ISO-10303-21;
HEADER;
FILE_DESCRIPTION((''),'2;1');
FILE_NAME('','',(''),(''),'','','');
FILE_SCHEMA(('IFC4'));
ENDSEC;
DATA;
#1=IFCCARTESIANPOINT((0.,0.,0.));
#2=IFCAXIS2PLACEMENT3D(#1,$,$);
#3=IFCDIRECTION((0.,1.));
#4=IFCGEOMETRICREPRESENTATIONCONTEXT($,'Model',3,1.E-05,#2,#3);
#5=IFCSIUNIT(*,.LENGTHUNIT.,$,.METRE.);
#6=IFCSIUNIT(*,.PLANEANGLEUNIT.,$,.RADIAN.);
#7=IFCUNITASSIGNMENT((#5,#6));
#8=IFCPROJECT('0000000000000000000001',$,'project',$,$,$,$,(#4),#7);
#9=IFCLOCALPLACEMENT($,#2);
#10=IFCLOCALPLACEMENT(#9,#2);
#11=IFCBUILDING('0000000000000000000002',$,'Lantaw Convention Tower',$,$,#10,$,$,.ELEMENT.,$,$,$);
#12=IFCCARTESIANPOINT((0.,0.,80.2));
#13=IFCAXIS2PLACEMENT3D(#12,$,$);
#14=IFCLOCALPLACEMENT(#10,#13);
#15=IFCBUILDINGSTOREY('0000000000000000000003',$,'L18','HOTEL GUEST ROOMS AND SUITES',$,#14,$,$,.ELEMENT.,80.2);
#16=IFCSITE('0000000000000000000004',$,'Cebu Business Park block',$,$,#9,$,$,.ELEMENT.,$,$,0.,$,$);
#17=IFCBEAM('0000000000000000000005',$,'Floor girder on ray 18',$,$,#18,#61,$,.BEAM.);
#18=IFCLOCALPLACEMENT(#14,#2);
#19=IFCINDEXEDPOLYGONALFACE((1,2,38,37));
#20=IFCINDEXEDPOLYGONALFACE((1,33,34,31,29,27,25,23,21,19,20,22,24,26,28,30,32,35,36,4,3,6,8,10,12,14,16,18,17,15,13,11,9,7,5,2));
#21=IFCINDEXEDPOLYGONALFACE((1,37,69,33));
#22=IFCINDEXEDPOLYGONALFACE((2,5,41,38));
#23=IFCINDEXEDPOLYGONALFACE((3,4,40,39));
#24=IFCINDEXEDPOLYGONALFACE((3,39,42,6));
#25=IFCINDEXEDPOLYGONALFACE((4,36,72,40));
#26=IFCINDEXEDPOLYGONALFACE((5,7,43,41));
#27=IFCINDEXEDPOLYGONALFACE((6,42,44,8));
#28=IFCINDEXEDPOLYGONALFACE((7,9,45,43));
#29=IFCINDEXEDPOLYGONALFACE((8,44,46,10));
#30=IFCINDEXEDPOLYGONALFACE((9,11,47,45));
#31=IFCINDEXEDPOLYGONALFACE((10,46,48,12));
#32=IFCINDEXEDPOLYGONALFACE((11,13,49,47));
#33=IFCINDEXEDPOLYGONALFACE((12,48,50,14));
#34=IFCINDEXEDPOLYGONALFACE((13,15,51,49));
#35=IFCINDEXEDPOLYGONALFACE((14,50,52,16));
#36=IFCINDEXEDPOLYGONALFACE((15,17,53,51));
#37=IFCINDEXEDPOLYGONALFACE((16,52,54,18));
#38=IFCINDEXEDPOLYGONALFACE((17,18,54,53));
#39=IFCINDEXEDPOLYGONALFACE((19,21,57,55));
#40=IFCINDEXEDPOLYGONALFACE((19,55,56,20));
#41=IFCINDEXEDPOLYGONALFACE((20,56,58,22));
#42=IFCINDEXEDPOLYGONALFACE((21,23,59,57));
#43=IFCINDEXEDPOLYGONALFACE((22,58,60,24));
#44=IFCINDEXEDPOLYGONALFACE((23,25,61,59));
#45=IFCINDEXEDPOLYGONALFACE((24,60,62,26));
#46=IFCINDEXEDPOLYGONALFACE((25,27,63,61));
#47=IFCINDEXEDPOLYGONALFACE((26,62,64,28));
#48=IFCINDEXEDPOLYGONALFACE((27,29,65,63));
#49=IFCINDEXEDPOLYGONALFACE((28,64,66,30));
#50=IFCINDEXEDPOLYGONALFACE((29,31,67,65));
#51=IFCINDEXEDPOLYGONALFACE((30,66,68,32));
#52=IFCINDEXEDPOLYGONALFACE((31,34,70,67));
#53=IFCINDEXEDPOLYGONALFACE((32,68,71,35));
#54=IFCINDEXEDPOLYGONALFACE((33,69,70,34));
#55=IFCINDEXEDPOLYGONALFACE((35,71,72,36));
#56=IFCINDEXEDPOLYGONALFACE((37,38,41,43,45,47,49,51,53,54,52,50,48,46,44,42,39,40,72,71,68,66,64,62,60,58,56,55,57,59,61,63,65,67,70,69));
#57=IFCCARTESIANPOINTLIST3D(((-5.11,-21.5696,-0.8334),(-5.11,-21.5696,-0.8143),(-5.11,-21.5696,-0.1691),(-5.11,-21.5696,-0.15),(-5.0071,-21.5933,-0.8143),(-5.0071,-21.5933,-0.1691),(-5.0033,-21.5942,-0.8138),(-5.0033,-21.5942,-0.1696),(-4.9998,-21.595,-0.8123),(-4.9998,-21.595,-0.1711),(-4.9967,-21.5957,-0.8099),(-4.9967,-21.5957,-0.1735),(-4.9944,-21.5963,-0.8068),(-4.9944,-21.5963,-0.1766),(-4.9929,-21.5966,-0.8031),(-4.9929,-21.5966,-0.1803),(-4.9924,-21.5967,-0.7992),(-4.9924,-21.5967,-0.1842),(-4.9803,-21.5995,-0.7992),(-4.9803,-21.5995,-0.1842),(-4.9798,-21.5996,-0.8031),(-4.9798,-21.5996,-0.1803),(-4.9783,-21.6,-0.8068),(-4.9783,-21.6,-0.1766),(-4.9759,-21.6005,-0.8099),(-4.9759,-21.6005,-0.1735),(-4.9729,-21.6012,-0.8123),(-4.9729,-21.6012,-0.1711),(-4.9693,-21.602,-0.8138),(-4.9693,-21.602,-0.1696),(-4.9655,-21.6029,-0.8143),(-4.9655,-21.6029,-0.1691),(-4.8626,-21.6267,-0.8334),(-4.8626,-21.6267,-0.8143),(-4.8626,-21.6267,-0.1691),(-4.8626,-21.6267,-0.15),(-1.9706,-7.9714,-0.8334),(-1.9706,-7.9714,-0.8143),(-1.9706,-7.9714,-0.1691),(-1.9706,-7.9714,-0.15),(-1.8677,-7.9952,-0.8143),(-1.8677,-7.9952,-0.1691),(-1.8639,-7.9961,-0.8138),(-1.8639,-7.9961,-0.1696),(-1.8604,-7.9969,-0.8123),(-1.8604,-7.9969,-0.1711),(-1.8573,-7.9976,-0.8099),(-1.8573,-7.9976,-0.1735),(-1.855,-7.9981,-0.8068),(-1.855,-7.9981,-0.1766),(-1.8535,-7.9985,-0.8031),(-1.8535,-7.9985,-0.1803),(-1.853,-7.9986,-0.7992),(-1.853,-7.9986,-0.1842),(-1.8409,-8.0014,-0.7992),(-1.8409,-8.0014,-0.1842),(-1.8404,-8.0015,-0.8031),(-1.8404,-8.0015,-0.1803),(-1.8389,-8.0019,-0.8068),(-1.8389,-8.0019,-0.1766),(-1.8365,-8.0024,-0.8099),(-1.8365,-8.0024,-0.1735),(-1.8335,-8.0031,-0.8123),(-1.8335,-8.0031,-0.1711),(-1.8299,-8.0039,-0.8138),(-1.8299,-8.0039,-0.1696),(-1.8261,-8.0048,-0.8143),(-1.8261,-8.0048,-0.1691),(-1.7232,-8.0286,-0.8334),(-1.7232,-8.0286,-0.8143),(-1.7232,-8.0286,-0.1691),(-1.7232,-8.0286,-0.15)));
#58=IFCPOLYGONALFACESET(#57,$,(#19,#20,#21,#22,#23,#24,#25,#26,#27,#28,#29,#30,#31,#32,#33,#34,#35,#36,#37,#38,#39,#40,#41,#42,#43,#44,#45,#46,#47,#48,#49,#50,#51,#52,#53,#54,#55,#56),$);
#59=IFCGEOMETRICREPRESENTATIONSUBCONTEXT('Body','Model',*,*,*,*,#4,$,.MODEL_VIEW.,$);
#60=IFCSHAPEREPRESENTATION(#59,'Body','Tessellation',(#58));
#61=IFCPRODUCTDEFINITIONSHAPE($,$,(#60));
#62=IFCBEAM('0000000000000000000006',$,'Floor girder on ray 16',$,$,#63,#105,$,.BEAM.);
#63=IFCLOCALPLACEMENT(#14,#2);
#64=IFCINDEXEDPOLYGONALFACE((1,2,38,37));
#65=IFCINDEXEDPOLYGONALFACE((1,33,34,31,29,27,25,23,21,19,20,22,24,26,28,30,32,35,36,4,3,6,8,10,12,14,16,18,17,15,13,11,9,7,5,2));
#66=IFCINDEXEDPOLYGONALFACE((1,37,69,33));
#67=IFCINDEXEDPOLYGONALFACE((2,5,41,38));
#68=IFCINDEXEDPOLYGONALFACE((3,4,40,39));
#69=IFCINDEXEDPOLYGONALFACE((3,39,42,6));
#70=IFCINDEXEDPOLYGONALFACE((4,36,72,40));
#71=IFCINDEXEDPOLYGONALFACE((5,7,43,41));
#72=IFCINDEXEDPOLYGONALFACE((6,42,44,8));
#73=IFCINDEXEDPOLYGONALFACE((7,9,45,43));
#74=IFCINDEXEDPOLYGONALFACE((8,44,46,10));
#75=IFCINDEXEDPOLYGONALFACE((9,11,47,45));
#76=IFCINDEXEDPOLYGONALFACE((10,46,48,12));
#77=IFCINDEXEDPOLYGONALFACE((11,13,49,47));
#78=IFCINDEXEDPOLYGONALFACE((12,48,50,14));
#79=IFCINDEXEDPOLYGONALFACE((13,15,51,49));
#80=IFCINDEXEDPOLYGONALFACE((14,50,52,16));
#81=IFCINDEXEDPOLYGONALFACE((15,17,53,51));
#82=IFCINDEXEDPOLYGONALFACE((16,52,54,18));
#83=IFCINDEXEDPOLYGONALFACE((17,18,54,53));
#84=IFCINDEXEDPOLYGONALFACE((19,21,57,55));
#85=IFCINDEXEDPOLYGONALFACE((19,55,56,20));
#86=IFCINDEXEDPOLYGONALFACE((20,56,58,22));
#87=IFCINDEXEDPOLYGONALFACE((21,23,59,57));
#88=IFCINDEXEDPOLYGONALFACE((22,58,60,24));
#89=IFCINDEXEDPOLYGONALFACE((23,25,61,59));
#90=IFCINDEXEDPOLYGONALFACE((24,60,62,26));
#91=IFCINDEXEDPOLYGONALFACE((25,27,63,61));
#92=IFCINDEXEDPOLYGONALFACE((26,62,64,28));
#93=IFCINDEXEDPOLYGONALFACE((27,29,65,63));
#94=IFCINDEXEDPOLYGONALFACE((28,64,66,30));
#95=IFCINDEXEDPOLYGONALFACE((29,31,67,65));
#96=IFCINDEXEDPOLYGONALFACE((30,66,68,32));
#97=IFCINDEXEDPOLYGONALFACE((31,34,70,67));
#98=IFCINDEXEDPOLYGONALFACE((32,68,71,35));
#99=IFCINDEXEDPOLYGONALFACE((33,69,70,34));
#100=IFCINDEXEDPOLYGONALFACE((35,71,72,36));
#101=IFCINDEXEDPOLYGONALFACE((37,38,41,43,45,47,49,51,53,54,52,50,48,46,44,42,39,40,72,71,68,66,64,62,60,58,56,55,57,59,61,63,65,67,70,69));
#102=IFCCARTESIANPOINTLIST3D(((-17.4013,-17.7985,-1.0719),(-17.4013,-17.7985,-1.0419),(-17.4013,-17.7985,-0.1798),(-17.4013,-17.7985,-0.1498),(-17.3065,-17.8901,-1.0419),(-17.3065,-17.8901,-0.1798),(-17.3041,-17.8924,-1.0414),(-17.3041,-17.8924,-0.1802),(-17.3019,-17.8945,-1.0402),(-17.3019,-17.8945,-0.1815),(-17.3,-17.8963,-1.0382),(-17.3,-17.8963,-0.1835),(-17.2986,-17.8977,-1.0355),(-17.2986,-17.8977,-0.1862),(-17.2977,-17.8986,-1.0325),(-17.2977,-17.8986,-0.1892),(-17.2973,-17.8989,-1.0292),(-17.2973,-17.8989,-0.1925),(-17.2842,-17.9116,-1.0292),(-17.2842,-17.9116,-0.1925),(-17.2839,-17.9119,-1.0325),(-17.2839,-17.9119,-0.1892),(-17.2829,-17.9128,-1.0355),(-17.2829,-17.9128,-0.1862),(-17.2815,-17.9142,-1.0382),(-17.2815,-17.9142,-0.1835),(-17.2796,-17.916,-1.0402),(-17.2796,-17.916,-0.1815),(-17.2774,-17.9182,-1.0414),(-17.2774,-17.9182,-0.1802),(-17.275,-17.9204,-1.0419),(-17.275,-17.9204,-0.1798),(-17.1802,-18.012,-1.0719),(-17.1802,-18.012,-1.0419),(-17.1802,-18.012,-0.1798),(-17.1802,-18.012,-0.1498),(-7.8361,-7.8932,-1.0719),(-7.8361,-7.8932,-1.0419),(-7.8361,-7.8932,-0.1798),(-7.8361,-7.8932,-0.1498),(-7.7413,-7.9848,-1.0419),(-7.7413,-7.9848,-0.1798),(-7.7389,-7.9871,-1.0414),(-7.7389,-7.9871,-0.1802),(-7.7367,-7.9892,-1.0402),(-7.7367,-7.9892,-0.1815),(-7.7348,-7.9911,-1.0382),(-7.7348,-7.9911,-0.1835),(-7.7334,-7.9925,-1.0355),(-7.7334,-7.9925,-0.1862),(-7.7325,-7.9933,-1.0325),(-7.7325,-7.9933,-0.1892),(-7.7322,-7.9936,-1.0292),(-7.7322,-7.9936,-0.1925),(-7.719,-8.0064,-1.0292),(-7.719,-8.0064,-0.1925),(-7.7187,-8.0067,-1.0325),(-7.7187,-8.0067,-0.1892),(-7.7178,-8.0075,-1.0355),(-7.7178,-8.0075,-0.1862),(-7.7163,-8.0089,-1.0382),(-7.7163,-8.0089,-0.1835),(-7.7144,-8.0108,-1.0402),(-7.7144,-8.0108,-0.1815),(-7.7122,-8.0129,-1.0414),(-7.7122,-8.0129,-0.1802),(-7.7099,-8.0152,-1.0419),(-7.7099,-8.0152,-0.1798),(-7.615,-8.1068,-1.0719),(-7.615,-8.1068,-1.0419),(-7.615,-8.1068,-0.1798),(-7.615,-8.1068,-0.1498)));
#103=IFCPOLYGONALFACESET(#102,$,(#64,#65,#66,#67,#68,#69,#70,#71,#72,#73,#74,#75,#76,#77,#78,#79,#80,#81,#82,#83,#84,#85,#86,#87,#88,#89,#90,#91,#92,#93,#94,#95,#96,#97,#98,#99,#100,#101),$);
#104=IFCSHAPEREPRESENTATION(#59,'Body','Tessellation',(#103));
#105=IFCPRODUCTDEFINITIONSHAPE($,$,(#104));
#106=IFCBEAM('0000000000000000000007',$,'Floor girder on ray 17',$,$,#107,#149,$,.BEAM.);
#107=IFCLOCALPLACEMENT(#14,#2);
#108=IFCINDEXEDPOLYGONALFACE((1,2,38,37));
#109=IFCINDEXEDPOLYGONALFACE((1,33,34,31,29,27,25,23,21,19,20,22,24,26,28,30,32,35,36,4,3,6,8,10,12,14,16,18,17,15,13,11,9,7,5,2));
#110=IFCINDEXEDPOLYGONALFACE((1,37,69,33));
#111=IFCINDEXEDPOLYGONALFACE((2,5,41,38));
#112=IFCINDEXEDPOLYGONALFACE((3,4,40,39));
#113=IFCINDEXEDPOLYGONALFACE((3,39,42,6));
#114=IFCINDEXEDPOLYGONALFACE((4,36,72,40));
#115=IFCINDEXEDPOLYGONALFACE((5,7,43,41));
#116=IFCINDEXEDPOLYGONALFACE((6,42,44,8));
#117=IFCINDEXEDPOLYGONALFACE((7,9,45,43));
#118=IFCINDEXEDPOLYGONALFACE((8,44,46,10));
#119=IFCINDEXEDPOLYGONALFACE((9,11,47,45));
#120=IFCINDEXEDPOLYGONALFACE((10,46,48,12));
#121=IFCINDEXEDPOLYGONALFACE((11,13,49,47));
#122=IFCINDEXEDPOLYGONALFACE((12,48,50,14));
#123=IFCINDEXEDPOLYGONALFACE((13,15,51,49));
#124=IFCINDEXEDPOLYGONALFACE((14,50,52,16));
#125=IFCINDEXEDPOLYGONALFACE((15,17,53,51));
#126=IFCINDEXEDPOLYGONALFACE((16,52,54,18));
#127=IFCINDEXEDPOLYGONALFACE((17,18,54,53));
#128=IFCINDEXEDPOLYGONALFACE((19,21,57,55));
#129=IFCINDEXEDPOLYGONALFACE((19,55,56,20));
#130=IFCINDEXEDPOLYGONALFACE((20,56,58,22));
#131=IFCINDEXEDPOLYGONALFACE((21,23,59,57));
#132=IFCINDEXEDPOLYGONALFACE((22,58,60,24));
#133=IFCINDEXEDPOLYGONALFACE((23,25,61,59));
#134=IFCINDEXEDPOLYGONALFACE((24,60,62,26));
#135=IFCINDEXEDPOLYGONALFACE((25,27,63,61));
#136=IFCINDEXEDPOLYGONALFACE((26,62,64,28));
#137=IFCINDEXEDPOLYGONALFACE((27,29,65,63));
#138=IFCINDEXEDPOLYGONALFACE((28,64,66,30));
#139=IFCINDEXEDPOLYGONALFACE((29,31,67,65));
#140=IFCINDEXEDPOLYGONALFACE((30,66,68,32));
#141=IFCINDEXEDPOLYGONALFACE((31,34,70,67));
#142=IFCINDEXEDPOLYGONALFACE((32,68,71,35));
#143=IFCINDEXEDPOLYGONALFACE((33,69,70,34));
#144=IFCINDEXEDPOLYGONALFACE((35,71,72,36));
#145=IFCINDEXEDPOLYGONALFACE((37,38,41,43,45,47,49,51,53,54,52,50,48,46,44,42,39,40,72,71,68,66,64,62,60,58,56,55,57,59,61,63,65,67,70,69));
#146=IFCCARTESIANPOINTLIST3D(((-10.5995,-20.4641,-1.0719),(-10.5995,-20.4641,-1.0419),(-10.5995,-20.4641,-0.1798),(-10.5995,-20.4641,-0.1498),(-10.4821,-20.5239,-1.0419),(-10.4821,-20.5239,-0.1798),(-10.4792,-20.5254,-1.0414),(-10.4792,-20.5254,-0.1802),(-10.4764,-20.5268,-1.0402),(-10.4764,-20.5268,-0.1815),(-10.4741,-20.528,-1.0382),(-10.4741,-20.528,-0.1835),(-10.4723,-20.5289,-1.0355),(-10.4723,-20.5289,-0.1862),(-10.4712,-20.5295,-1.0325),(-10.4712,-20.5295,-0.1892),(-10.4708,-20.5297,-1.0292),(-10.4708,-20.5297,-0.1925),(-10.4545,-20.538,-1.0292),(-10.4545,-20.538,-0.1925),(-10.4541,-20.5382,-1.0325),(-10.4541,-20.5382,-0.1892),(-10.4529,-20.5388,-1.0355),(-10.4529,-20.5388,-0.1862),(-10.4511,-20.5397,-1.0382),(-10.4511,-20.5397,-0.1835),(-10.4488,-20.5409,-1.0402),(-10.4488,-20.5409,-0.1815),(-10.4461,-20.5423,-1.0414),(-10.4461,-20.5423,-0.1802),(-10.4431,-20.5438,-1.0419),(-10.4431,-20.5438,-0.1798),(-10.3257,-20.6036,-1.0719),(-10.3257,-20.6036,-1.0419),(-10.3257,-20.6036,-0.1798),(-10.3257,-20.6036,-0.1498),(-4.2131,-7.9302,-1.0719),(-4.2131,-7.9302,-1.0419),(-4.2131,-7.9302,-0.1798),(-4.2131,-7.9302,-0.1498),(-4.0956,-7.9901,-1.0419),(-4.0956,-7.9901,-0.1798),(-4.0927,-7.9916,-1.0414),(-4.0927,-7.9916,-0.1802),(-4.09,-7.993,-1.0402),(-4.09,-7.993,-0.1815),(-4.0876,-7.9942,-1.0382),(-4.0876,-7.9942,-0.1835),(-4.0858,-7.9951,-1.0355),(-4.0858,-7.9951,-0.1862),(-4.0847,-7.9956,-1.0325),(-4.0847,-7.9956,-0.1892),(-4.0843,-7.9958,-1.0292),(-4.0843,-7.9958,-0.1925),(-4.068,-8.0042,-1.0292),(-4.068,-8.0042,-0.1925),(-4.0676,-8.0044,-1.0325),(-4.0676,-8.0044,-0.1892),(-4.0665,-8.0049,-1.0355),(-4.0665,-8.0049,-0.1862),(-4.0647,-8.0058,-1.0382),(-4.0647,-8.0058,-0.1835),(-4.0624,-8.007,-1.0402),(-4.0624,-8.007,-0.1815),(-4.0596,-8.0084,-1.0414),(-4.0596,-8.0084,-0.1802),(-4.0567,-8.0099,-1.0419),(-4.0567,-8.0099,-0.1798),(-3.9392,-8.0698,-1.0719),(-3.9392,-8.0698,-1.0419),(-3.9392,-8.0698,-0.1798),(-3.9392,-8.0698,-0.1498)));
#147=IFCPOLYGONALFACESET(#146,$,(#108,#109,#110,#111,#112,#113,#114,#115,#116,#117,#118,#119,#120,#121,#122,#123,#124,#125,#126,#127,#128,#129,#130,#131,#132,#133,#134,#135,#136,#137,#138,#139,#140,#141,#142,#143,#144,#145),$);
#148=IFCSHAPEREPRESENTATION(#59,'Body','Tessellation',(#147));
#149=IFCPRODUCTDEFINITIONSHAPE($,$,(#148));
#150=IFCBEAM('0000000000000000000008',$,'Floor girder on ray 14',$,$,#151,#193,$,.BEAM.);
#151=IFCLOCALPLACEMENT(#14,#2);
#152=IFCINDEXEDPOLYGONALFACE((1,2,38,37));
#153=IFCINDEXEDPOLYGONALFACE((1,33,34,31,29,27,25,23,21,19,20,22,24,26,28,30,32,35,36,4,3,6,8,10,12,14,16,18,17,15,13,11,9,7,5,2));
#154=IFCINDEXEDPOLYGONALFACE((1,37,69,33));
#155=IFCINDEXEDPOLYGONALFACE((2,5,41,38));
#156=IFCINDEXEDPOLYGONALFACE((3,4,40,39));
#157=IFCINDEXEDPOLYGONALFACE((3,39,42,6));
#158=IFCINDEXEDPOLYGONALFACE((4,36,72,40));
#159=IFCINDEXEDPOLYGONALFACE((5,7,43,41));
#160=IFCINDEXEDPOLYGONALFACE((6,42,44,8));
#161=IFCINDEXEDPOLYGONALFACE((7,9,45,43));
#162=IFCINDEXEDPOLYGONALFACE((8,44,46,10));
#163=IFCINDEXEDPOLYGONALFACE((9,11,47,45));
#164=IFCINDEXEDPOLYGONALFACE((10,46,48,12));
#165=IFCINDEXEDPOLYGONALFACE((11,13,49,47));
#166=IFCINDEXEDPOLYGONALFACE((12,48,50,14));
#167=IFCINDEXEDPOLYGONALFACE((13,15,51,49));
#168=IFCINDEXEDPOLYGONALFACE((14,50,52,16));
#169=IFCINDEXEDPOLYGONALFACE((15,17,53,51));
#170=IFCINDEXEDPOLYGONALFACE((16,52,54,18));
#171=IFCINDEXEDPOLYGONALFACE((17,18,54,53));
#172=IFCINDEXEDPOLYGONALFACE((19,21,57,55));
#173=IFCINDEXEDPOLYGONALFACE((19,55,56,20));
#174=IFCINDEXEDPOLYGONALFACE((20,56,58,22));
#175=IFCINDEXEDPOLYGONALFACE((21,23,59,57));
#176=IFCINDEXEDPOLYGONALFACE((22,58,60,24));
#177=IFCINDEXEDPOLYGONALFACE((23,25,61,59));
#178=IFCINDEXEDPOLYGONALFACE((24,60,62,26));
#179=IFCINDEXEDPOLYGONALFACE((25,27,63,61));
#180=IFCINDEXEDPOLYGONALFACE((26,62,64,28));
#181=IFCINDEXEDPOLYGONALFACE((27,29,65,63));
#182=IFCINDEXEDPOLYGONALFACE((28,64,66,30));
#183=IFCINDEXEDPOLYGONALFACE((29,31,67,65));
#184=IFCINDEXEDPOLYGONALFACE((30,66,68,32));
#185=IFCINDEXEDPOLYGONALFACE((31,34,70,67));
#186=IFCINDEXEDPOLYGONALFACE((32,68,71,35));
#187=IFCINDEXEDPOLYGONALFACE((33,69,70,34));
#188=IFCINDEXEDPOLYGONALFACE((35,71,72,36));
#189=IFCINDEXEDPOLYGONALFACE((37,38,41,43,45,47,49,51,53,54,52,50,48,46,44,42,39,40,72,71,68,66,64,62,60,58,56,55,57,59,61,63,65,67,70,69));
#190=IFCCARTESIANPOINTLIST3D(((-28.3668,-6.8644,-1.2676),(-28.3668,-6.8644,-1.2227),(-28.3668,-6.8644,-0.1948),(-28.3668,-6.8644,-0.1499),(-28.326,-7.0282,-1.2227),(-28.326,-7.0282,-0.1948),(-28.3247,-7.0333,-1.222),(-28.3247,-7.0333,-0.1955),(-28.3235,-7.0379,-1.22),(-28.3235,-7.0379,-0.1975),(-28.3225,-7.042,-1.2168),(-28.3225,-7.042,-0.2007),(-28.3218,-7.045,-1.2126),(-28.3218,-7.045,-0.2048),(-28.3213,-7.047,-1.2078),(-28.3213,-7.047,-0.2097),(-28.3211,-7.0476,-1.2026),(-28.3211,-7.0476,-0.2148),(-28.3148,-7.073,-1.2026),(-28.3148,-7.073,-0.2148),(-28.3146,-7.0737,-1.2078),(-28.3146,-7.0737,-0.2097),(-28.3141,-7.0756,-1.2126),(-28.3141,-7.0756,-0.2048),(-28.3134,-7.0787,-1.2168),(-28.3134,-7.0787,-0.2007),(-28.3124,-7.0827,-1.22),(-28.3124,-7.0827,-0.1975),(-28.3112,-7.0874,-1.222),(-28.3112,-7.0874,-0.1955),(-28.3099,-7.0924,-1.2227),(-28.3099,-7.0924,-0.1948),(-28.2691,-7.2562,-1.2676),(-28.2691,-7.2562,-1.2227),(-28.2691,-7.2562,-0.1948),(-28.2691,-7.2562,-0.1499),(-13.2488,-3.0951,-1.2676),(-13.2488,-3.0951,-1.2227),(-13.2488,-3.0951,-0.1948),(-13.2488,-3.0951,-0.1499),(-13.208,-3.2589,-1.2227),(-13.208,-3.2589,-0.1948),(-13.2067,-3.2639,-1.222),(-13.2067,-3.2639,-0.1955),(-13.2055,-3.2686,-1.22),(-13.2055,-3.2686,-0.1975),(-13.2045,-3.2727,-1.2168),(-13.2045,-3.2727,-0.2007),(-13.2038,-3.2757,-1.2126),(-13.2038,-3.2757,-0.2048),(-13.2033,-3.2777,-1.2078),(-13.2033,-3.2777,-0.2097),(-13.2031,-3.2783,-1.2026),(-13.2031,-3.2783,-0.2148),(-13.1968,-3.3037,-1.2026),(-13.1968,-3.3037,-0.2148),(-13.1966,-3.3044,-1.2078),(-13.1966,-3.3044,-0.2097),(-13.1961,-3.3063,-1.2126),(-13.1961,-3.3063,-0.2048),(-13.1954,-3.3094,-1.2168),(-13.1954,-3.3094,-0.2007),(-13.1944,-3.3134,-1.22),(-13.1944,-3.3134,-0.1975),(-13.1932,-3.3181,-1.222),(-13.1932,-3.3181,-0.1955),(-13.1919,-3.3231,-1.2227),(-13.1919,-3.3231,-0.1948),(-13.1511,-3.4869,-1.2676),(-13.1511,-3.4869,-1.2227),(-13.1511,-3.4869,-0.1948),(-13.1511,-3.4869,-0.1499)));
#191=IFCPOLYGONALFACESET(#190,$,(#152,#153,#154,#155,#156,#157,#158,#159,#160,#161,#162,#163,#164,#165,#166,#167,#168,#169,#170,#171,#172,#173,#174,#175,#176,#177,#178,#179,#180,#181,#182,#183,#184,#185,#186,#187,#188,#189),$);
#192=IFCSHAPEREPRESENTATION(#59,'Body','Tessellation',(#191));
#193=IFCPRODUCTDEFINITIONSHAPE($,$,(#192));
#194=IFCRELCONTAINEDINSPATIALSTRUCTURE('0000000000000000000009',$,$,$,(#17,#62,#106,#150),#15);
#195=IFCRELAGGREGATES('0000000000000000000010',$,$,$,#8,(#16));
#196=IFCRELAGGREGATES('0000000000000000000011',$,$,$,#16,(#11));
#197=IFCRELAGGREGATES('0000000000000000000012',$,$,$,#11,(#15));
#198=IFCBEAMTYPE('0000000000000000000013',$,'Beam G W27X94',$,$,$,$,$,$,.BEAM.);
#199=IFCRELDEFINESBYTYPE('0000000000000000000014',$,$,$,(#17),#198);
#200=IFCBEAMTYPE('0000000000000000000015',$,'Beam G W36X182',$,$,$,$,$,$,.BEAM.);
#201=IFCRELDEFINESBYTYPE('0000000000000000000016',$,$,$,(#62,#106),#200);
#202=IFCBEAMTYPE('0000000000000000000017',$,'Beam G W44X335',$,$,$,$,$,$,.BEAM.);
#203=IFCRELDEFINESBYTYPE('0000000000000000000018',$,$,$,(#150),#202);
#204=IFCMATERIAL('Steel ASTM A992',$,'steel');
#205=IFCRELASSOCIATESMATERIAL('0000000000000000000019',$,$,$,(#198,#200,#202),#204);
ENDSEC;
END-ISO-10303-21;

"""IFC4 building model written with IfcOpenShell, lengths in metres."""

from ifc_helpers import new_model, si_unit, direction, frame, origin, origin_2d, place, context, subcontext, project, spatial, i_section, extrude, material, material_profile, profile_set, type_object, element, save


model = new_model("IFC4")

# Units and contexts
model_context = context("Model", 3, precision=1e-05, world=origin(), true_north=direction((0.0, 1.0)))
body_context = subcontext(model_context, "Body", "Model", "MODEL_VIEW")
ifc_project = project(units=[si_unit("LENGTHUNIT", "METRE"), si_unit("PLANEANGLEUNIT", "RADIAN")], contexts=[model_context])

# Site, building, storey
site_placement = place(None, origin())
site = spatial("IfcSite", under=ifc_project, at=site_placement, Name="Cebu Business Park block", CompositionType="ELEMENT", RefElevation=0.0)
building_placement = place(site_placement, origin())
building = spatial("IfcBuilding", under=site, at=building_placement, Name="Lantaw Convention Tower", CompositionType="ELEMENT")
storey_placement = place(building_placement, frame((0.0, 0.0, 80.2)))
storey = spatial("IfcBuildingStorey", under=building, at=storey_placement, Name="L18", Description="HOTEL GUEST ROOMS AND SUITES", CompositionType="ELEMENT", Elevation=80.2)

# Beams
ifc_material_1 = material(Name="Steel ASTM A992", Category="steel")
ifc_material_profile_1 = material_profile(ifc_material_1, i_section(OverallWidth=0.2539, OverallDepth=0.6833, WebThickness=0.0125, FlangeThickness=0.019, FilletRadius=0.0151, at=origin_2d()), Name="W27X94")
ifc_profile_set_1 = profile_set([ifc_material_profile_1], Name="Steel ASTM A992")
beam_type_1 = type_object("IfcBeamType", Name="Beam G W27X94", PredefinedType="BEAM", material=ifc_profile_set_1)
beam_1_placement = place(storey_placement, frame((-1.8469, -8.0, -0.4917), z_axis=(-0.224953, -0.97437, 0.0), x_axis=(0.97437, -0.224953, 0.0)))
element("IfcBeam", 1, at=beam_1_placement, inside=storey, type_object=beam_type_1, Name="Floor girder on ray 18", PredefinedType="BEAM", context=body_context, shape_type="SweptSolid", body=[
    extrude(i_section(OverallWidth=0.2539, OverallDepth=0.6833, WebThickness=0.0125, FlangeThickness=0.019, FilletRadius=0.0151, at=origin_2d()), origin(), (0.0, 0.0, 1.0), 13.9558),
])
ifc_material_profile_2 = material_profile(ifc_material_1, i_section(OverallWidth=0.3074, OverallDepth=0.9221, WebThickness=0.0183, FlangeThickness=0.03, FilletRadius=0.0127, at=origin_2d()), Name="W36X182")
ifc_profile_set_2 = profile_set([ifc_material_profile_2], Name="Steel ASTM A992")
beam_type_2 = type_object("IfcBeamType", Name="Beam G W36X182", PredefinedType="BEAM", material=ifc_profile_set_2)
beam_2_placement = place(storey_placement, frame((-7.7256, -8.0, -0.6108), z_axis=(-0.69465, -0.719348, 0.0), x_axis=(0.719348, -0.69465, 0.0)))
element("IfcBeam", 2, at=beam_2_placement, inside=storey, type_object=beam_type_2, Name="Floor girder on ray 16", PredefinedType="BEAM", context=body_context, shape_type="SweptSolid", body=[
    extrude(i_section(OverallWidth=0.3074, OverallDepth=0.9221, WebThickness=0.0183, FlangeThickness=0.03, FilletRadius=0.0127, at=origin_2d()), origin(), (0.0, 0.0, 1.0), 13.7698),
])
beam_3_placement = place(storey_placement, frame((-4.0762, -8.0, -0.6108), z_axis=(-0.453997, -0.891003, 0.0), x_axis=(0.891003, -0.453997, 0.0)))
element("IfcBeam", 3, at=beam_3_placement, inside=storey, type_object=beam_type_2, Name="Floor girder on ray 17", PredefinedType="BEAM", context=body_context, shape_type="SweptSolid", body=[
    extrude(i_section(OverallWidth=0.3074, OverallDepth=0.9221, WebThickness=0.0183, FlangeThickness=0.03, FilletRadius=0.0127, at=origin_2d()), origin(), (0.0, 0.0, 1.0), 14.0671),
])
ifc_material_profile_3 = material_profile(ifc_material_1, i_section(OverallWidth=0.4038, OverallDepth=1.1177, WebThickness=0.0261, FlangeThickness=0.0449, FilletRadius=0.02, at=origin_2d()), Name="W44X335")
ifc_profile_set_3 = profile_set([ifc_material_profile_3], Name="Steel ASTM A992")
beam_type_3 = type_object("IfcBeamType", Name="Beam G W44X335", PredefinedType="BEAM", material=ifc_profile_set_3)
beam_4_placement = place(storey_placement, frame((-13.2, -3.291, -0.7087), z_axis=(-0.970296, -0.24192, 0.0), x_axis=(0.24192, -0.970296, 0.0)))
element("IfcBeam", 4, at=beam_4_placement, inside=storey, type_object=beam_type_3, Name="Floor girder on ray 14", PredefinedType="BEAM", context=body_context, shape_type="SweptSolid", body=[
    extrude(i_section(OverallWidth=0.4038, OverallDepth=1.1177, WebThickness=0.0261, FlangeThickness=0.0449, FilletRadius=0.02, at=origin_2d()), origin(), (0.0, 0.0, 1.0), 15.5808),
])

save(model, "model.ifc")
